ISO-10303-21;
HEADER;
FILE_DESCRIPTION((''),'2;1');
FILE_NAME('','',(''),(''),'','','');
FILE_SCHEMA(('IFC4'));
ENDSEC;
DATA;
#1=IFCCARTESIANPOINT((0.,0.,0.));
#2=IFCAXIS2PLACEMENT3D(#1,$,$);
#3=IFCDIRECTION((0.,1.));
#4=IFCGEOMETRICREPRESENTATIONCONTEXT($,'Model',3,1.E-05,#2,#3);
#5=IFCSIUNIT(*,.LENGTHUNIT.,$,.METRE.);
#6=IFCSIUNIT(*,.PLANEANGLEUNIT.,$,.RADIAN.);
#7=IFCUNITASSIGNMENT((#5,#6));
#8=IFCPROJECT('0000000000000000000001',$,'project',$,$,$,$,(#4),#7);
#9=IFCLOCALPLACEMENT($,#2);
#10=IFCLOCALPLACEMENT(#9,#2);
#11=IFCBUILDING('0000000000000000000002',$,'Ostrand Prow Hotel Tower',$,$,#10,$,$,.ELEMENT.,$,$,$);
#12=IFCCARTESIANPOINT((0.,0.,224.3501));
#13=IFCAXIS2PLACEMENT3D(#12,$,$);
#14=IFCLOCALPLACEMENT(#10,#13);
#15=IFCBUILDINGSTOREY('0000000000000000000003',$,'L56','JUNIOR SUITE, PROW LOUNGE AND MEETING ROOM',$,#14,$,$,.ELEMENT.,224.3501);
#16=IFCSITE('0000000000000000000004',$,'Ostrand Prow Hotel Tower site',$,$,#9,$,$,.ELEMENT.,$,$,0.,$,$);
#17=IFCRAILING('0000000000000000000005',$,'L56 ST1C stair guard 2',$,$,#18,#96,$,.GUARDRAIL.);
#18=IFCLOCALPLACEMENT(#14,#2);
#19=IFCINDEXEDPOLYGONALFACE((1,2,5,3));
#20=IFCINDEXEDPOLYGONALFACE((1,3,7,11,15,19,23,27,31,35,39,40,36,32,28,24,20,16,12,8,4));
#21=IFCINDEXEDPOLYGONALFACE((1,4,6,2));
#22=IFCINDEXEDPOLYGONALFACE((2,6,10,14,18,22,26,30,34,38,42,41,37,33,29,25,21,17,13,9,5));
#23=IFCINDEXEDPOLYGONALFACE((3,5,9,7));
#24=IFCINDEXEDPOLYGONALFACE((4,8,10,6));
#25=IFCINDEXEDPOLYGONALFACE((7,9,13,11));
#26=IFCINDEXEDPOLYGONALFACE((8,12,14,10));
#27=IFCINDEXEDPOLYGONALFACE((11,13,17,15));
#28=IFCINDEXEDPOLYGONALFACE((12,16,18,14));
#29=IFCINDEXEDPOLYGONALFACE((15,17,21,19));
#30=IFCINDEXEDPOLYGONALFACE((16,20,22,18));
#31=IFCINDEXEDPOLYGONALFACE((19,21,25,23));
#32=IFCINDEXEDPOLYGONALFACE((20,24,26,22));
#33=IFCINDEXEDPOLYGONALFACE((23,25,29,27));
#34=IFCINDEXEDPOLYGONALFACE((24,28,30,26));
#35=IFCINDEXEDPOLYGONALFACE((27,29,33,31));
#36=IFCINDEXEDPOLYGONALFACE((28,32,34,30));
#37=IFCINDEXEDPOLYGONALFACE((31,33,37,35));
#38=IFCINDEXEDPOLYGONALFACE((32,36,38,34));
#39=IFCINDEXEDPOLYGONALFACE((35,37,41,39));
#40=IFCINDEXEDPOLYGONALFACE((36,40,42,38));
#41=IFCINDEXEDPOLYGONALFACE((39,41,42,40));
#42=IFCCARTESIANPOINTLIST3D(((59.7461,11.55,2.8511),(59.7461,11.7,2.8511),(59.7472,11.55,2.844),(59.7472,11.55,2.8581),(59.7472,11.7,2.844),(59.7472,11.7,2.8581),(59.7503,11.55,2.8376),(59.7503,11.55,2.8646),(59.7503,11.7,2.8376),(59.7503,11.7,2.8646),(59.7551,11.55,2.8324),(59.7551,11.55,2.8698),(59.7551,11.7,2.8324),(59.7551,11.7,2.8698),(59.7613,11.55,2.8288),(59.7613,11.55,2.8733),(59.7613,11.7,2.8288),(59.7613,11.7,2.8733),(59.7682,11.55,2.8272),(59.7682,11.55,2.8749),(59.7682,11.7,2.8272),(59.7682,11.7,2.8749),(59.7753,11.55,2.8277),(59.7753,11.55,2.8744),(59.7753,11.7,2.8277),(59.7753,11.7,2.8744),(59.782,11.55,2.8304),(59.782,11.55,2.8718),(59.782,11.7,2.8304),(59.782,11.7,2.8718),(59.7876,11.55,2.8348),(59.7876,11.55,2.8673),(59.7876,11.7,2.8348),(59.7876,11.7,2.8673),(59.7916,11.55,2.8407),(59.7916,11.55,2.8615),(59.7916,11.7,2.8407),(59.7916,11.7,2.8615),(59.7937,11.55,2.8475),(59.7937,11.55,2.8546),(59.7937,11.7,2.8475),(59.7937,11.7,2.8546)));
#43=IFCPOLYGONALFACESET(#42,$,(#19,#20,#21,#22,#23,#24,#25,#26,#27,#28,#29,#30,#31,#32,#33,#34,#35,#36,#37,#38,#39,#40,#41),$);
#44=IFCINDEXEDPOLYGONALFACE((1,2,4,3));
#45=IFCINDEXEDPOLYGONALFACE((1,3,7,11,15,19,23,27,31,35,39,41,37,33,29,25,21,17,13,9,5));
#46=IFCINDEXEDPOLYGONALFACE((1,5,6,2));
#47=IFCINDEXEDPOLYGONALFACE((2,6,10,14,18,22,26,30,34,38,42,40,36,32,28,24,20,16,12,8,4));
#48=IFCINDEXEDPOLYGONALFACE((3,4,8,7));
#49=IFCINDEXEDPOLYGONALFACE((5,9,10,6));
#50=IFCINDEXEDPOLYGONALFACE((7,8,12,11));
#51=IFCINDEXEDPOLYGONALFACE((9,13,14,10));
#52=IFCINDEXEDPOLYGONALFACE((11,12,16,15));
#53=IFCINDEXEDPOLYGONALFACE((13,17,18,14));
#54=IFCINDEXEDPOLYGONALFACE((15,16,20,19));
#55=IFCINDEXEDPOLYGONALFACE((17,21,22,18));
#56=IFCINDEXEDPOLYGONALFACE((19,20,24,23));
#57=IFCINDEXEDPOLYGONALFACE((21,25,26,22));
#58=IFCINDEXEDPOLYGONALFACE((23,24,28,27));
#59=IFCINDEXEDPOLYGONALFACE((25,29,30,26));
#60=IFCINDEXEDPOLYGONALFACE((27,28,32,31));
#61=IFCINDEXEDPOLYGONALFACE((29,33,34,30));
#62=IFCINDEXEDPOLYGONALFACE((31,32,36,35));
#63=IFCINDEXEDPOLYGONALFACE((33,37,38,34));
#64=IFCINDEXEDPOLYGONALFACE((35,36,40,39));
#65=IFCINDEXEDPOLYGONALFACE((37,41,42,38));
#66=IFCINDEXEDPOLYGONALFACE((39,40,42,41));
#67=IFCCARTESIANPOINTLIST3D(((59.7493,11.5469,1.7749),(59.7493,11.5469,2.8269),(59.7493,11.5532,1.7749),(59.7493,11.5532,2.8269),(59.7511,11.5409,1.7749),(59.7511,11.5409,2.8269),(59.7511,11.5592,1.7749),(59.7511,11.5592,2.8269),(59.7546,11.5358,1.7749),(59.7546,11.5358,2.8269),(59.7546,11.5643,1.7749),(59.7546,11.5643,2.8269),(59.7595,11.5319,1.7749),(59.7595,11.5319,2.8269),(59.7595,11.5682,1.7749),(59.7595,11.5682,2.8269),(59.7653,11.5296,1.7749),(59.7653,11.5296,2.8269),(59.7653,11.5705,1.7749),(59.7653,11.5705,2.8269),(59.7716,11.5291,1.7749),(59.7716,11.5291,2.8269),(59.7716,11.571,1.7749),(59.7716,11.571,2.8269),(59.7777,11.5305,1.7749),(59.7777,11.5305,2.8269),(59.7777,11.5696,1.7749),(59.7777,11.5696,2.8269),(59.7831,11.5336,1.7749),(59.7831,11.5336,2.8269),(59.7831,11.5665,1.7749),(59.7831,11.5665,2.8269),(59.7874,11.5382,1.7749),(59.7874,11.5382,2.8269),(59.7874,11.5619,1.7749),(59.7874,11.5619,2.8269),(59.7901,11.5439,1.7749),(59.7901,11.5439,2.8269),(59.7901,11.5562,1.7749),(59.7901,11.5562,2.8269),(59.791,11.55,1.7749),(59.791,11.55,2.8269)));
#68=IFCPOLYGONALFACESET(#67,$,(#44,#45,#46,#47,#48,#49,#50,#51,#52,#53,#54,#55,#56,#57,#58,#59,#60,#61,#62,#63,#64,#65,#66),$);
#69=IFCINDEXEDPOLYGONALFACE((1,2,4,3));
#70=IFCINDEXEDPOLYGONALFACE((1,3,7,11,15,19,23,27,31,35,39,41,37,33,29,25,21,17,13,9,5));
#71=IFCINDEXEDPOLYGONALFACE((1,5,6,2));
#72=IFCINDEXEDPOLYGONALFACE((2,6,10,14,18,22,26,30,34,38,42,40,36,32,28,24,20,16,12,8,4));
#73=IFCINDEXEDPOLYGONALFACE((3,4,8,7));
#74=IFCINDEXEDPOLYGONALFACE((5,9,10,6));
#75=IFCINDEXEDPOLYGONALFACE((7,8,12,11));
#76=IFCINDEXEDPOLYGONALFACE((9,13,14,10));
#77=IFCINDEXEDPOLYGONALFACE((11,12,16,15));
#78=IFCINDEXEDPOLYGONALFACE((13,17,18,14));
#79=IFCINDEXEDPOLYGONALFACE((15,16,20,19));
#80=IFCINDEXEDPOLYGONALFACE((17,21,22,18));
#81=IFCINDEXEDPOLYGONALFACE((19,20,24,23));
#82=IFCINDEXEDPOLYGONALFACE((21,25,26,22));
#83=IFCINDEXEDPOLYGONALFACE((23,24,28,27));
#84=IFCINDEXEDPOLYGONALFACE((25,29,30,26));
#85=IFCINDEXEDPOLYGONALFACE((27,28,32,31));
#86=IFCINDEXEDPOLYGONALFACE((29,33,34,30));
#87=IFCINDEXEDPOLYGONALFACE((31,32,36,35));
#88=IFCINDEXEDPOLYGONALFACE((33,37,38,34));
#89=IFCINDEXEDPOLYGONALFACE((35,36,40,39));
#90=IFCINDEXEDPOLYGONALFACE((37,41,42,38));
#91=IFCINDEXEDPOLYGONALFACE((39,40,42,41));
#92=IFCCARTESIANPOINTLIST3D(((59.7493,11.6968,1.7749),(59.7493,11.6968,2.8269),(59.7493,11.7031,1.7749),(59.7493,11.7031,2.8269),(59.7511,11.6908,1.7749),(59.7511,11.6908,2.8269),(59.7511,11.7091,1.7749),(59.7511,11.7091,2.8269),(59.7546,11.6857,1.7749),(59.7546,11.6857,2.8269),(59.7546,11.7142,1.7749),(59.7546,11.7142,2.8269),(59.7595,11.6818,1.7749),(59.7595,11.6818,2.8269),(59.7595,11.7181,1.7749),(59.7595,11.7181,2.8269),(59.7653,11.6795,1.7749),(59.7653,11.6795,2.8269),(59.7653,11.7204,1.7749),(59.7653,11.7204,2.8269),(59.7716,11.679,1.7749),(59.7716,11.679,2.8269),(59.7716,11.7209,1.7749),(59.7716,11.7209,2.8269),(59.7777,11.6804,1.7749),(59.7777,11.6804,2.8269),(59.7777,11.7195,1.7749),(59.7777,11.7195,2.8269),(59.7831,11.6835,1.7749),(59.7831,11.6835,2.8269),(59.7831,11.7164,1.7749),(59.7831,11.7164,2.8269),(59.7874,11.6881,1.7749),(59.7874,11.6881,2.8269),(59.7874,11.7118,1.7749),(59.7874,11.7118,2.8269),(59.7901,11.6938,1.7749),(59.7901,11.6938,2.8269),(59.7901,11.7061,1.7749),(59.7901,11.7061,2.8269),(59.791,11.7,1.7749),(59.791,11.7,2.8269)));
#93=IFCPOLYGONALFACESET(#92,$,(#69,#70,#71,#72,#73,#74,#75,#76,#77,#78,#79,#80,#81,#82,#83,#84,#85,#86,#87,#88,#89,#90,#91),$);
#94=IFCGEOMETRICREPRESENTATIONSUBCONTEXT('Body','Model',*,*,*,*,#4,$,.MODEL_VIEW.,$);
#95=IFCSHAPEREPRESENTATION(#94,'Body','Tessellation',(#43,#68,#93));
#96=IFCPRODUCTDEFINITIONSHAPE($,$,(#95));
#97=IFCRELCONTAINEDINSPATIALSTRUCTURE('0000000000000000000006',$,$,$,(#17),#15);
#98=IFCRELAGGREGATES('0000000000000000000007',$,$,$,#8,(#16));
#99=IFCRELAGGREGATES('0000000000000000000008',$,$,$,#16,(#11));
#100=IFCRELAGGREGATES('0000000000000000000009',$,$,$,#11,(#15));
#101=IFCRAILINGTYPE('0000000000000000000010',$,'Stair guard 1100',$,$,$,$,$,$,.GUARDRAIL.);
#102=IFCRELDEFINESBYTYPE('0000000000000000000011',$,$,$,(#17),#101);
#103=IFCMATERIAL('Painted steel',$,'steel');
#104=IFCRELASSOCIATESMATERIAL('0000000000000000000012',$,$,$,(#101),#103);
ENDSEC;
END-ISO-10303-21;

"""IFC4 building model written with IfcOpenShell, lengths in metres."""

from ifc_helpers import new_model, si_unit, direction, frame, origin, origin_2d, place, context, subcontext, project, spatial, circle, extrude, material, type_object, element, save


model = new_model("IFC4")

# Units and contexts
model_context = context("Model", 3, precision=1e-05, world=origin(), true_north=direction((0.0, 1.0)))
body_context = subcontext(model_context, "Body", "Model", "MODEL_VIEW")
ifc_project = project(units=[si_unit("LENGTHUNIT", "METRE"), si_unit("PLANEANGLEUNIT", "RADIAN")], contexts=[model_context])

# Site, building, storey
site_placement = place(None, origin())
site = spatial("IfcSite", under=ifc_project, at=site_placement, Name="Ostrand Prow Hotel Tower site", CompositionType="ELEMENT", RefElevation=0.0)
building_placement = place(site_placement, origin())
building = spatial("IfcBuilding", under=site, at=building_placement, Name="Ostrand Prow Hotel Tower", CompositionType="ELEMENT")
storey_placement = place(building_placement, frame((0.0, 0.0, 224.3501)))
storey = spatial("IfcBuildingStorey", under=building, at=storey_placement, Name="L56", Description="JUNIOR SUITE, PROW LOUNGE AND MEETING ROOM", CompositionType="ELEMENT", Elevation=224.3501)

# Railing
ifc_material_1 = material(Name="Painted steel", Category="steel")
railing_type_1 = type_object("IfcRailingType", Name="Stair guard 1100", PredefinedType="GUARDRAIL", material=ifc_material_1)
railing_1_placement = place(storey_placement, frame((59.77, 11.55, 1.7749)))
element("IfcRailing", 1, at=railing_1_placement, inside=storey, type_object=railing_type_1, Name="L56 ST1C stair guard 2", PredefinedType="GUARDRAIL", context=body_context, shape_type="SweptSolid", body=[
    extrude(circle(Radius=0.0239, at=origin_2d()), frame((0.0, 0.0, 1.0762), z_axis=(0.0, 1.0, 0.0), x_axis=(-1.0, 0.0, 0.0)), (0.0, 0.0, 1.0), 0.1499),
    extrude(circle(Radius=0.021, at=origin_2d()), origin(), (0.0, 0.0, 1.0), 1.052),
    extrude(circle(Radius=0.021, at=origin_2d()), frame((0.0, 0.1499, 0.0)), (0.0, 0.0, 1.0), 1.052),
])

save(model, "model.ifc")
